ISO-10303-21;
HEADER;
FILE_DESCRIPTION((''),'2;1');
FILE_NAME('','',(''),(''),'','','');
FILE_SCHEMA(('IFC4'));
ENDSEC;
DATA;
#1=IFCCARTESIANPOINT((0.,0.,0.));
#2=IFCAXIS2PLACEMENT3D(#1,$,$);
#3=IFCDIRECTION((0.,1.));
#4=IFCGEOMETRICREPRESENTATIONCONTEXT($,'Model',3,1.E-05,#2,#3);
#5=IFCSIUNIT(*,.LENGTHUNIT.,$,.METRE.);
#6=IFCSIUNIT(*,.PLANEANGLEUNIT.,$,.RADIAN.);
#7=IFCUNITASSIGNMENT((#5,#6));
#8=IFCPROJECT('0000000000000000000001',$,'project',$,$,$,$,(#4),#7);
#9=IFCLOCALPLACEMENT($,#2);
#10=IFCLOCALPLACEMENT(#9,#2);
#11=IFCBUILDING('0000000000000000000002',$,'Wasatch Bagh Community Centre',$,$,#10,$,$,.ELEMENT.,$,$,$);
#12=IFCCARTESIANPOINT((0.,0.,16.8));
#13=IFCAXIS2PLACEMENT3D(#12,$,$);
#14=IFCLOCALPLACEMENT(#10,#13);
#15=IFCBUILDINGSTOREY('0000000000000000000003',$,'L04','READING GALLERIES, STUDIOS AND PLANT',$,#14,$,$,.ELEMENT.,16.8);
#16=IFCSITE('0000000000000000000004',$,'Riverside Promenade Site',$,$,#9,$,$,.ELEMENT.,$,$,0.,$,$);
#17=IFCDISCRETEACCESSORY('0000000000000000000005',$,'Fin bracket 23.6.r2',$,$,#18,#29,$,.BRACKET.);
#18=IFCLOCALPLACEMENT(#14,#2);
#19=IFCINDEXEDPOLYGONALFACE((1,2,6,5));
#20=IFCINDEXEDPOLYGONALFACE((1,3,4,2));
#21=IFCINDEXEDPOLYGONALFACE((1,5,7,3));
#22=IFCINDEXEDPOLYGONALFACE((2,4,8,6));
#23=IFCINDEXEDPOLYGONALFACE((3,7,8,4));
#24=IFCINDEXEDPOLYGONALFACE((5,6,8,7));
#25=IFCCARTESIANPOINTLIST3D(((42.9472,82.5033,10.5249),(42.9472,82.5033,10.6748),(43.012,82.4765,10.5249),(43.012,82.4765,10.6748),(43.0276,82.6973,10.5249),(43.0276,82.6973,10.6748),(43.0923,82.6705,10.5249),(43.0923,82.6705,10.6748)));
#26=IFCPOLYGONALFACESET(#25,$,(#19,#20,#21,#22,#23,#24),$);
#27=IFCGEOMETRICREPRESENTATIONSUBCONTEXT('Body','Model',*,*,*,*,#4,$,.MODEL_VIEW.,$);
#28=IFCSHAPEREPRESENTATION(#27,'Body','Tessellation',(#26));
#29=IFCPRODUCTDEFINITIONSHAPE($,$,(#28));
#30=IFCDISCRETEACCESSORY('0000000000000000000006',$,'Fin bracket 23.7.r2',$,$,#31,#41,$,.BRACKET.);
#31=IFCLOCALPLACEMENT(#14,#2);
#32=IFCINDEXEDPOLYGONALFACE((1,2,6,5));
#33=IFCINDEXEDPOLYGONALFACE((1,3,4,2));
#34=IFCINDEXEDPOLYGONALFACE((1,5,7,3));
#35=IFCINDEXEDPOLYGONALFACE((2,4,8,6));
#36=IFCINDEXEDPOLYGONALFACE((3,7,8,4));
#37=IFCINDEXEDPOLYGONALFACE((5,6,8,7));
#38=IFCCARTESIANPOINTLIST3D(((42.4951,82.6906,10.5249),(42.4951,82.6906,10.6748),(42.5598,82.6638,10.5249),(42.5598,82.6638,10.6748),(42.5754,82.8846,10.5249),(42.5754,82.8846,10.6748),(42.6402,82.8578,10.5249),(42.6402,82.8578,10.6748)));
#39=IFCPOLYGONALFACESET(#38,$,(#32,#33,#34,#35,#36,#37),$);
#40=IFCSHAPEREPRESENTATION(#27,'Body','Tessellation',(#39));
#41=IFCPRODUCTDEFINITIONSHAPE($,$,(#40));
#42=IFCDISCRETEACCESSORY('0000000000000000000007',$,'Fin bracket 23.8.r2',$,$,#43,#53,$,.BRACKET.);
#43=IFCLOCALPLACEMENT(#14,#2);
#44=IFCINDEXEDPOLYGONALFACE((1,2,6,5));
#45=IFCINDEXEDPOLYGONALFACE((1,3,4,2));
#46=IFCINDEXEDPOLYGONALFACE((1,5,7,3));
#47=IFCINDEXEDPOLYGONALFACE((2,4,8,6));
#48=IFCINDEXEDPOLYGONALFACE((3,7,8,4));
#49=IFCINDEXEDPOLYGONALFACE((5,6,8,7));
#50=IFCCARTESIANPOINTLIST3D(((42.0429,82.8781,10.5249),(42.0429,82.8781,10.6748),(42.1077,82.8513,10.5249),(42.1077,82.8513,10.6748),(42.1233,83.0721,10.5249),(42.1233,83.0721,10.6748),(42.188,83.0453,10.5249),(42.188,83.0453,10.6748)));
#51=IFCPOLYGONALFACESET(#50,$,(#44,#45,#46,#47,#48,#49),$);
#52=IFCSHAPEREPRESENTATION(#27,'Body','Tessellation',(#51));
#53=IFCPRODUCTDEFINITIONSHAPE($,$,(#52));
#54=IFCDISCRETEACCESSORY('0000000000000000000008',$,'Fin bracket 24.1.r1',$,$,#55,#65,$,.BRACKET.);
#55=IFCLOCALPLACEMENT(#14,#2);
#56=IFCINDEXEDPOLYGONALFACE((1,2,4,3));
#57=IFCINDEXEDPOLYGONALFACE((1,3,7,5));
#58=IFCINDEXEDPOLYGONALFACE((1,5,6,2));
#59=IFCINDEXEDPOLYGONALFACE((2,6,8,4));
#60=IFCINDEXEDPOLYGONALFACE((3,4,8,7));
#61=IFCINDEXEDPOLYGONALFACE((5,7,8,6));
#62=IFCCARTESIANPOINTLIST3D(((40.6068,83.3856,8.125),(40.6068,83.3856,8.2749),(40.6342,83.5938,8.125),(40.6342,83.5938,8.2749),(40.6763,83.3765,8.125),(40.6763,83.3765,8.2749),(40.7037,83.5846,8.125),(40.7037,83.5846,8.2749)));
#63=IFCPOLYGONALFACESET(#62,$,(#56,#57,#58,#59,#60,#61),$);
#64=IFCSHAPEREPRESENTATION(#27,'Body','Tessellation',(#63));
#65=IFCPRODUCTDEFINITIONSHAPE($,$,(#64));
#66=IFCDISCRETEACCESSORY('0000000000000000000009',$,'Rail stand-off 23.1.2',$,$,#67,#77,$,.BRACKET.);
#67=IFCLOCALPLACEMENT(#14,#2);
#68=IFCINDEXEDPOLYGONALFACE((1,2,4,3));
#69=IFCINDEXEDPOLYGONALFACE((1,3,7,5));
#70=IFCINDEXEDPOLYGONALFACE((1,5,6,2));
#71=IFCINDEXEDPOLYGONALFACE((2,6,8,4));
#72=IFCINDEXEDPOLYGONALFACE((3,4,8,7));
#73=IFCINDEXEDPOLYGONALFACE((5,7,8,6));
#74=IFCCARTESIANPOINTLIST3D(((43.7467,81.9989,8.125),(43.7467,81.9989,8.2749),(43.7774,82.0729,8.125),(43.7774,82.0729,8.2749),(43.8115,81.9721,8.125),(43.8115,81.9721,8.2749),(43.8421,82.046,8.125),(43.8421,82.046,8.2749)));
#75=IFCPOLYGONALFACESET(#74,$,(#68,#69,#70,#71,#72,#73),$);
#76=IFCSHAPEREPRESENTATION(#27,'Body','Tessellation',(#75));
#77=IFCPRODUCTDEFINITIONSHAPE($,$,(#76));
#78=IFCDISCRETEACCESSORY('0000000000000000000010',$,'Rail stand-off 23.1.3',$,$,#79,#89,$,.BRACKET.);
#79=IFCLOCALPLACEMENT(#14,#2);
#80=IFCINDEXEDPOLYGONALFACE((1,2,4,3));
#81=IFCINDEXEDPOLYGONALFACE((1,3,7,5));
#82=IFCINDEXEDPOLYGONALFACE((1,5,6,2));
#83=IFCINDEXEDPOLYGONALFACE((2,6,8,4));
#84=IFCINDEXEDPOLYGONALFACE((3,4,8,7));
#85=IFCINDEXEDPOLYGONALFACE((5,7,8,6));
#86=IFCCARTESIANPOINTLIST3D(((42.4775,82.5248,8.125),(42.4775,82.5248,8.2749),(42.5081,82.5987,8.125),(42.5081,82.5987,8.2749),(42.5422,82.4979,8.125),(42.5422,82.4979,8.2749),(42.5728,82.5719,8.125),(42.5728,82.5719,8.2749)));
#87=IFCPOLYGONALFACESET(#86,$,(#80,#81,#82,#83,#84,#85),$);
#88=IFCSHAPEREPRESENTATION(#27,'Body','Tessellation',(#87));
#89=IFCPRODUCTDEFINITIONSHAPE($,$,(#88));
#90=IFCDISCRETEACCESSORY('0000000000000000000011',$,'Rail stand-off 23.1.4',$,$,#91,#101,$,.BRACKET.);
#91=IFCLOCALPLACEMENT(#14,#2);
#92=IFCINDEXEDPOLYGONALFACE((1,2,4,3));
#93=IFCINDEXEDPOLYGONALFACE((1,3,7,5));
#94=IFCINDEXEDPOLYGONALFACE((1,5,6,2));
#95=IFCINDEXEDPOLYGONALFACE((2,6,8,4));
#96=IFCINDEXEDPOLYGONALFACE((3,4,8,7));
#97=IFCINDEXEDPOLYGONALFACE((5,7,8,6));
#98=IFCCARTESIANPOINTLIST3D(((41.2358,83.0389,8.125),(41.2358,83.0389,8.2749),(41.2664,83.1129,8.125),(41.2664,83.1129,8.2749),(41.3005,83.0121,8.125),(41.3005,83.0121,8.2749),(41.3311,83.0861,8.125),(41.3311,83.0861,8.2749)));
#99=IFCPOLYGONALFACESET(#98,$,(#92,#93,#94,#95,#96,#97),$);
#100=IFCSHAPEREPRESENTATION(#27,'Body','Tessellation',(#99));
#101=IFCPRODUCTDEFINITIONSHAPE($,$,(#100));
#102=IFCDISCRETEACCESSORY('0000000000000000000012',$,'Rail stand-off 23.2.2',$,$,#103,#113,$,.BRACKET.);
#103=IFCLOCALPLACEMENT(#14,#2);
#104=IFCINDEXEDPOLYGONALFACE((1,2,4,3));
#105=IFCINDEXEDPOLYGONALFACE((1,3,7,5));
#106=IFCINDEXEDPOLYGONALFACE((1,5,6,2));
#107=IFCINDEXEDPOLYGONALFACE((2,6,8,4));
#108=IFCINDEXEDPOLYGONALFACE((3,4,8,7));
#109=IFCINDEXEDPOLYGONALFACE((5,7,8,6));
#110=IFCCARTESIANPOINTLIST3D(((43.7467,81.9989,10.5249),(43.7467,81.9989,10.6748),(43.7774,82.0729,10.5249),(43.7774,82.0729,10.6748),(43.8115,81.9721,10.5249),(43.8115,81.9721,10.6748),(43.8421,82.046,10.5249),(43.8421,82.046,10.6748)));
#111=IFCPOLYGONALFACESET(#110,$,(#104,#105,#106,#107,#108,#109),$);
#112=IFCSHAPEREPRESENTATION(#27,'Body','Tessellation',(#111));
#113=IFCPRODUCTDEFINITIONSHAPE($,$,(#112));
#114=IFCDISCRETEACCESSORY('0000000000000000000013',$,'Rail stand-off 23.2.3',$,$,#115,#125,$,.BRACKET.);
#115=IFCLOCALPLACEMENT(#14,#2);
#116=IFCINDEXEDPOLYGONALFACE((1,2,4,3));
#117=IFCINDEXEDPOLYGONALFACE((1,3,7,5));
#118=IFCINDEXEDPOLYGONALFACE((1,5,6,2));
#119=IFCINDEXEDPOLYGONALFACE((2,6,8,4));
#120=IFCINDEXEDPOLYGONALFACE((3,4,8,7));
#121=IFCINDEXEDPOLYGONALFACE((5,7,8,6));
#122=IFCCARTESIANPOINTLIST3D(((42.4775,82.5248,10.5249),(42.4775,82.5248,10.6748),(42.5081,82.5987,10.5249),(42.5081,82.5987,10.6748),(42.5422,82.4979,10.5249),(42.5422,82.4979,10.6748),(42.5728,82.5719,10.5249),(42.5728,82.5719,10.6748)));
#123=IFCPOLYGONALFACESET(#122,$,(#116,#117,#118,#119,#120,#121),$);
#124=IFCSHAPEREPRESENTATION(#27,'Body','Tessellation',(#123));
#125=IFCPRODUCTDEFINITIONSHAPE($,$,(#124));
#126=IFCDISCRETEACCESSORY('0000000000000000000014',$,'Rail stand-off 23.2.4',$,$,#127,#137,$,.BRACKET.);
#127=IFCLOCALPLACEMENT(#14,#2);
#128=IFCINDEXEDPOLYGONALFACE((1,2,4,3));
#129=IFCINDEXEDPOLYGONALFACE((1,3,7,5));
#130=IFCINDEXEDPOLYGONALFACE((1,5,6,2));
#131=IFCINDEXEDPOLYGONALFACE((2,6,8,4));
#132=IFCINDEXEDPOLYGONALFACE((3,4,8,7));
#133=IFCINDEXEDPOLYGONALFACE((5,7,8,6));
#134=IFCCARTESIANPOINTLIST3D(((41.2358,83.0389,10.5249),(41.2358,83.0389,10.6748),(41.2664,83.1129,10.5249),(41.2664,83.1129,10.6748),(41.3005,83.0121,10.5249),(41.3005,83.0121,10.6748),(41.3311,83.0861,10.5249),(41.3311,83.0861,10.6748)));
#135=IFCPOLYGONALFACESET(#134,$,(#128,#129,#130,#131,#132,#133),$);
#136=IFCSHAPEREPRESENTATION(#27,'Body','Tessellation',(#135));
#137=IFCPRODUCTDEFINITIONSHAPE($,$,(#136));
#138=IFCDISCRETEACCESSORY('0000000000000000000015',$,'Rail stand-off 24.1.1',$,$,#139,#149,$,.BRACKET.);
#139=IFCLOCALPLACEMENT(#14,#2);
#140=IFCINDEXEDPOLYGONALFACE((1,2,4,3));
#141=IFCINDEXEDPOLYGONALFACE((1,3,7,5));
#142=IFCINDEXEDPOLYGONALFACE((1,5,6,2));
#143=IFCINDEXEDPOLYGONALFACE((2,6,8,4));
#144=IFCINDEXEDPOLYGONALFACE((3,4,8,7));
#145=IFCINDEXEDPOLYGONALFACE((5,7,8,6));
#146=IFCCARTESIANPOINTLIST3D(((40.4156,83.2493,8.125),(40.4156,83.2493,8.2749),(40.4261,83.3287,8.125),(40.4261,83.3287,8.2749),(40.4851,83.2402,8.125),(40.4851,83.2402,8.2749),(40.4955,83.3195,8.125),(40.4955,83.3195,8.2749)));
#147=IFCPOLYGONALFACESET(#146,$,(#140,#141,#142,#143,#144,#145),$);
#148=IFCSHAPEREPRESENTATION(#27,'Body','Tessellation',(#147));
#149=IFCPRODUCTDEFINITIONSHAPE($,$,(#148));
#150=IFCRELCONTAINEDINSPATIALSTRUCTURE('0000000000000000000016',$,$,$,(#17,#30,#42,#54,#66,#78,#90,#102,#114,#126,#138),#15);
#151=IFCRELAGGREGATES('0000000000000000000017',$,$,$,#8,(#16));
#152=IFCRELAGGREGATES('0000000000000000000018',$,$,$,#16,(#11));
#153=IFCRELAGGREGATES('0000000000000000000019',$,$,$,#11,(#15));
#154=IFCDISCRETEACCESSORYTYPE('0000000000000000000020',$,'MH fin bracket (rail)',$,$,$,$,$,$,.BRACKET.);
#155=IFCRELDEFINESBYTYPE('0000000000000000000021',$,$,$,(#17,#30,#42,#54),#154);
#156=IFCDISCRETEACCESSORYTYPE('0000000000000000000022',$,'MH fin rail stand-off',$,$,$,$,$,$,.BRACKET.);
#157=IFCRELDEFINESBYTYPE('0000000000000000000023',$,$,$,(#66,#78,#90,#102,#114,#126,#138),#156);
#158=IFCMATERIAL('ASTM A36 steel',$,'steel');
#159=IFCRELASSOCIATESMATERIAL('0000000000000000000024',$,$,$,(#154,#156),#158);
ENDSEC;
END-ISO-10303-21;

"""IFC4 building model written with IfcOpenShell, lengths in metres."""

from ifc_helpers import new_model, si_unit, direction, frame, origin, origin_2d, place, context, subcontext, project, spatial, rectangle, extrude, material, type_object, element, save


model = new_model("IFC4")

# Units and contexts
model_context = context("Model", 3, precision=1e-05, world=origin(), true_north=direction((0.0, 1.0)))
body_context = subcontext(model_context, "Body", "Model", "MODEL_VIEW")
ifc_project = project(units=[si_unit("LENGTHUNIT", "METRE"), si_unit("PLANEANGLEUNIT", "RADIAN")], contexts=[model_context])

# Site, building, storey
site_placement = place(None, origin())
site = spatial("IfcSite", under=ifc_project, at=site_placement, Name="Riverside Promenade Site", CompositionType="ELEMENT", RefElevation=0.0)
building_placement = place(site_placement, origin())
building = spatial("IfcBuilding", under=site, at=building_placement, Name="Wasatch Bagh Community Centre", CompositionType="ELEMENT")
storey_placement = place(building_placement, frame((0.0, 0.0, 16.8)))
storey = spatial("IfcBuildingStorey", under=building, at=storey_placement, Name="L04", Description="READING GALLERIES, STUDIOS AND PLANT", CompositionType="ELEMENT", Elevation=16.8)

# Discrete accessories
ifc_material_1 = material(Name="ASTM A36 steel", Category="steel")
discrete_accessory_type_1 = type_object("IfcDiscreteAccessoryType", Name="MH fin bracket (rail)", PredefinedType="BRACKET", material=ifc_material_1)
for number, where, z_axis, x_axis, name in (
    (1, (43.0198, 82.5869, 10.5249), (0.0, 0.0, 1.0), (-0.92388, 0.382683, 0.0), "Fin bracket 23.6.r2"),
    (2, (42.5676, 82.7742, 10.5249), (0.0, 0.0, 1.0), (-0.92388, 0.382683, 0.0), "Fin bracket 23.7.r2"),
    (3, (42.1155, 82.9617, 10.5249), (0.0, 0.0, 1.0), (-0.92388, 0.382683, 0.0), "Fin bracket 23.8.r2"),
    (4, (40.6553, 83.4851, 8.125), (0.0, 0.0, 1.0), (-0.991445, 0.130526, 0.0), "Fin bracket 24.1.r1"),
):
    element("IfcDiscreteAccessory", number, at=place(storey_placement, frame(where, z_axis=z_axis, x_axis=x_axis)), inside=storey, type_object=discrete_accessory_type_1, Name=name, PredefinedType="BRACKET", context=body_context, shape_type="SweptSolid", body=[
        extrude(rectangle(XDim=0.0701, YDim=0.21, at=origin_2d()), origin(), (0.0, 0.0, 1.0), 0.1499),
    ])
discrete_accessory_type_2 = type_object("IfcDiscreteAccessoryType", Name="MH fin rail stand-off", PredefinedType="BRACKET", material=ifc_material_1)
for number, where, z_axis, x_axis, name in (
    (5, (43.7944, 82.0225, 8.125), (0.0, 0.0, 1.0), (-0.92388, 0.382683, 0.0), "Rail stand-off 23.1.2"),
    (6, (42.5251, 82.5483, 8.125), (0.0, 0.0, 1.0), (-0.92388, 0.382683, 0.0), "Rail stand-off 23.1.3"),
    (7, (41.2834, 83.0625, 8.125), (0.0, 0.0, 1.0), (-0.92388, 0.382683, 0.0), "Rail stand-off 23.1.4"),
    (8, (43.7944, 82.0225, 10.5249), (0.0, 0.0, 1.0), (-0.92388, 0.382683, 0.0), "Rail stand-off 23.2.2"),
    (9, (42.5251, 82.5483, 10.5249), (0.0, 0.0, 1.0), (-0.92388, 0.382683, 0.0), "Rail stand-off 23.2.3"),
    (10, (41.2834, 83.0625, 10.5249), (0.0, 0.0, 1.0), (-0.92388, 0.382683, 0.0), "Rail stand-off 23.2.4"),
    (11, (40.4556, 83.2844, 8.125), (0.0, 0.0, 1.0), (-0.991445, 0.130526, 0.0), "Rail stand-off 24.1.1"),
):
    element("IfcDiscreteAccessory", number, at=place(storey_placement, frame(where, z_axis=z_axis, x_axis=x_axis)), inside=storey, type_object=discrete_accessory_type_2, Name=name, PredefinedType="BRACKET", context=body_context, shape_type="SweptSolid", body=[
        extrude(rectangle(XDim=0.0701, YDim=0.0801, at=origin_2d()), origin(), (0.0, 0.0, 1.0), 0.1499),
    ])

save(model, "model.ifc")
